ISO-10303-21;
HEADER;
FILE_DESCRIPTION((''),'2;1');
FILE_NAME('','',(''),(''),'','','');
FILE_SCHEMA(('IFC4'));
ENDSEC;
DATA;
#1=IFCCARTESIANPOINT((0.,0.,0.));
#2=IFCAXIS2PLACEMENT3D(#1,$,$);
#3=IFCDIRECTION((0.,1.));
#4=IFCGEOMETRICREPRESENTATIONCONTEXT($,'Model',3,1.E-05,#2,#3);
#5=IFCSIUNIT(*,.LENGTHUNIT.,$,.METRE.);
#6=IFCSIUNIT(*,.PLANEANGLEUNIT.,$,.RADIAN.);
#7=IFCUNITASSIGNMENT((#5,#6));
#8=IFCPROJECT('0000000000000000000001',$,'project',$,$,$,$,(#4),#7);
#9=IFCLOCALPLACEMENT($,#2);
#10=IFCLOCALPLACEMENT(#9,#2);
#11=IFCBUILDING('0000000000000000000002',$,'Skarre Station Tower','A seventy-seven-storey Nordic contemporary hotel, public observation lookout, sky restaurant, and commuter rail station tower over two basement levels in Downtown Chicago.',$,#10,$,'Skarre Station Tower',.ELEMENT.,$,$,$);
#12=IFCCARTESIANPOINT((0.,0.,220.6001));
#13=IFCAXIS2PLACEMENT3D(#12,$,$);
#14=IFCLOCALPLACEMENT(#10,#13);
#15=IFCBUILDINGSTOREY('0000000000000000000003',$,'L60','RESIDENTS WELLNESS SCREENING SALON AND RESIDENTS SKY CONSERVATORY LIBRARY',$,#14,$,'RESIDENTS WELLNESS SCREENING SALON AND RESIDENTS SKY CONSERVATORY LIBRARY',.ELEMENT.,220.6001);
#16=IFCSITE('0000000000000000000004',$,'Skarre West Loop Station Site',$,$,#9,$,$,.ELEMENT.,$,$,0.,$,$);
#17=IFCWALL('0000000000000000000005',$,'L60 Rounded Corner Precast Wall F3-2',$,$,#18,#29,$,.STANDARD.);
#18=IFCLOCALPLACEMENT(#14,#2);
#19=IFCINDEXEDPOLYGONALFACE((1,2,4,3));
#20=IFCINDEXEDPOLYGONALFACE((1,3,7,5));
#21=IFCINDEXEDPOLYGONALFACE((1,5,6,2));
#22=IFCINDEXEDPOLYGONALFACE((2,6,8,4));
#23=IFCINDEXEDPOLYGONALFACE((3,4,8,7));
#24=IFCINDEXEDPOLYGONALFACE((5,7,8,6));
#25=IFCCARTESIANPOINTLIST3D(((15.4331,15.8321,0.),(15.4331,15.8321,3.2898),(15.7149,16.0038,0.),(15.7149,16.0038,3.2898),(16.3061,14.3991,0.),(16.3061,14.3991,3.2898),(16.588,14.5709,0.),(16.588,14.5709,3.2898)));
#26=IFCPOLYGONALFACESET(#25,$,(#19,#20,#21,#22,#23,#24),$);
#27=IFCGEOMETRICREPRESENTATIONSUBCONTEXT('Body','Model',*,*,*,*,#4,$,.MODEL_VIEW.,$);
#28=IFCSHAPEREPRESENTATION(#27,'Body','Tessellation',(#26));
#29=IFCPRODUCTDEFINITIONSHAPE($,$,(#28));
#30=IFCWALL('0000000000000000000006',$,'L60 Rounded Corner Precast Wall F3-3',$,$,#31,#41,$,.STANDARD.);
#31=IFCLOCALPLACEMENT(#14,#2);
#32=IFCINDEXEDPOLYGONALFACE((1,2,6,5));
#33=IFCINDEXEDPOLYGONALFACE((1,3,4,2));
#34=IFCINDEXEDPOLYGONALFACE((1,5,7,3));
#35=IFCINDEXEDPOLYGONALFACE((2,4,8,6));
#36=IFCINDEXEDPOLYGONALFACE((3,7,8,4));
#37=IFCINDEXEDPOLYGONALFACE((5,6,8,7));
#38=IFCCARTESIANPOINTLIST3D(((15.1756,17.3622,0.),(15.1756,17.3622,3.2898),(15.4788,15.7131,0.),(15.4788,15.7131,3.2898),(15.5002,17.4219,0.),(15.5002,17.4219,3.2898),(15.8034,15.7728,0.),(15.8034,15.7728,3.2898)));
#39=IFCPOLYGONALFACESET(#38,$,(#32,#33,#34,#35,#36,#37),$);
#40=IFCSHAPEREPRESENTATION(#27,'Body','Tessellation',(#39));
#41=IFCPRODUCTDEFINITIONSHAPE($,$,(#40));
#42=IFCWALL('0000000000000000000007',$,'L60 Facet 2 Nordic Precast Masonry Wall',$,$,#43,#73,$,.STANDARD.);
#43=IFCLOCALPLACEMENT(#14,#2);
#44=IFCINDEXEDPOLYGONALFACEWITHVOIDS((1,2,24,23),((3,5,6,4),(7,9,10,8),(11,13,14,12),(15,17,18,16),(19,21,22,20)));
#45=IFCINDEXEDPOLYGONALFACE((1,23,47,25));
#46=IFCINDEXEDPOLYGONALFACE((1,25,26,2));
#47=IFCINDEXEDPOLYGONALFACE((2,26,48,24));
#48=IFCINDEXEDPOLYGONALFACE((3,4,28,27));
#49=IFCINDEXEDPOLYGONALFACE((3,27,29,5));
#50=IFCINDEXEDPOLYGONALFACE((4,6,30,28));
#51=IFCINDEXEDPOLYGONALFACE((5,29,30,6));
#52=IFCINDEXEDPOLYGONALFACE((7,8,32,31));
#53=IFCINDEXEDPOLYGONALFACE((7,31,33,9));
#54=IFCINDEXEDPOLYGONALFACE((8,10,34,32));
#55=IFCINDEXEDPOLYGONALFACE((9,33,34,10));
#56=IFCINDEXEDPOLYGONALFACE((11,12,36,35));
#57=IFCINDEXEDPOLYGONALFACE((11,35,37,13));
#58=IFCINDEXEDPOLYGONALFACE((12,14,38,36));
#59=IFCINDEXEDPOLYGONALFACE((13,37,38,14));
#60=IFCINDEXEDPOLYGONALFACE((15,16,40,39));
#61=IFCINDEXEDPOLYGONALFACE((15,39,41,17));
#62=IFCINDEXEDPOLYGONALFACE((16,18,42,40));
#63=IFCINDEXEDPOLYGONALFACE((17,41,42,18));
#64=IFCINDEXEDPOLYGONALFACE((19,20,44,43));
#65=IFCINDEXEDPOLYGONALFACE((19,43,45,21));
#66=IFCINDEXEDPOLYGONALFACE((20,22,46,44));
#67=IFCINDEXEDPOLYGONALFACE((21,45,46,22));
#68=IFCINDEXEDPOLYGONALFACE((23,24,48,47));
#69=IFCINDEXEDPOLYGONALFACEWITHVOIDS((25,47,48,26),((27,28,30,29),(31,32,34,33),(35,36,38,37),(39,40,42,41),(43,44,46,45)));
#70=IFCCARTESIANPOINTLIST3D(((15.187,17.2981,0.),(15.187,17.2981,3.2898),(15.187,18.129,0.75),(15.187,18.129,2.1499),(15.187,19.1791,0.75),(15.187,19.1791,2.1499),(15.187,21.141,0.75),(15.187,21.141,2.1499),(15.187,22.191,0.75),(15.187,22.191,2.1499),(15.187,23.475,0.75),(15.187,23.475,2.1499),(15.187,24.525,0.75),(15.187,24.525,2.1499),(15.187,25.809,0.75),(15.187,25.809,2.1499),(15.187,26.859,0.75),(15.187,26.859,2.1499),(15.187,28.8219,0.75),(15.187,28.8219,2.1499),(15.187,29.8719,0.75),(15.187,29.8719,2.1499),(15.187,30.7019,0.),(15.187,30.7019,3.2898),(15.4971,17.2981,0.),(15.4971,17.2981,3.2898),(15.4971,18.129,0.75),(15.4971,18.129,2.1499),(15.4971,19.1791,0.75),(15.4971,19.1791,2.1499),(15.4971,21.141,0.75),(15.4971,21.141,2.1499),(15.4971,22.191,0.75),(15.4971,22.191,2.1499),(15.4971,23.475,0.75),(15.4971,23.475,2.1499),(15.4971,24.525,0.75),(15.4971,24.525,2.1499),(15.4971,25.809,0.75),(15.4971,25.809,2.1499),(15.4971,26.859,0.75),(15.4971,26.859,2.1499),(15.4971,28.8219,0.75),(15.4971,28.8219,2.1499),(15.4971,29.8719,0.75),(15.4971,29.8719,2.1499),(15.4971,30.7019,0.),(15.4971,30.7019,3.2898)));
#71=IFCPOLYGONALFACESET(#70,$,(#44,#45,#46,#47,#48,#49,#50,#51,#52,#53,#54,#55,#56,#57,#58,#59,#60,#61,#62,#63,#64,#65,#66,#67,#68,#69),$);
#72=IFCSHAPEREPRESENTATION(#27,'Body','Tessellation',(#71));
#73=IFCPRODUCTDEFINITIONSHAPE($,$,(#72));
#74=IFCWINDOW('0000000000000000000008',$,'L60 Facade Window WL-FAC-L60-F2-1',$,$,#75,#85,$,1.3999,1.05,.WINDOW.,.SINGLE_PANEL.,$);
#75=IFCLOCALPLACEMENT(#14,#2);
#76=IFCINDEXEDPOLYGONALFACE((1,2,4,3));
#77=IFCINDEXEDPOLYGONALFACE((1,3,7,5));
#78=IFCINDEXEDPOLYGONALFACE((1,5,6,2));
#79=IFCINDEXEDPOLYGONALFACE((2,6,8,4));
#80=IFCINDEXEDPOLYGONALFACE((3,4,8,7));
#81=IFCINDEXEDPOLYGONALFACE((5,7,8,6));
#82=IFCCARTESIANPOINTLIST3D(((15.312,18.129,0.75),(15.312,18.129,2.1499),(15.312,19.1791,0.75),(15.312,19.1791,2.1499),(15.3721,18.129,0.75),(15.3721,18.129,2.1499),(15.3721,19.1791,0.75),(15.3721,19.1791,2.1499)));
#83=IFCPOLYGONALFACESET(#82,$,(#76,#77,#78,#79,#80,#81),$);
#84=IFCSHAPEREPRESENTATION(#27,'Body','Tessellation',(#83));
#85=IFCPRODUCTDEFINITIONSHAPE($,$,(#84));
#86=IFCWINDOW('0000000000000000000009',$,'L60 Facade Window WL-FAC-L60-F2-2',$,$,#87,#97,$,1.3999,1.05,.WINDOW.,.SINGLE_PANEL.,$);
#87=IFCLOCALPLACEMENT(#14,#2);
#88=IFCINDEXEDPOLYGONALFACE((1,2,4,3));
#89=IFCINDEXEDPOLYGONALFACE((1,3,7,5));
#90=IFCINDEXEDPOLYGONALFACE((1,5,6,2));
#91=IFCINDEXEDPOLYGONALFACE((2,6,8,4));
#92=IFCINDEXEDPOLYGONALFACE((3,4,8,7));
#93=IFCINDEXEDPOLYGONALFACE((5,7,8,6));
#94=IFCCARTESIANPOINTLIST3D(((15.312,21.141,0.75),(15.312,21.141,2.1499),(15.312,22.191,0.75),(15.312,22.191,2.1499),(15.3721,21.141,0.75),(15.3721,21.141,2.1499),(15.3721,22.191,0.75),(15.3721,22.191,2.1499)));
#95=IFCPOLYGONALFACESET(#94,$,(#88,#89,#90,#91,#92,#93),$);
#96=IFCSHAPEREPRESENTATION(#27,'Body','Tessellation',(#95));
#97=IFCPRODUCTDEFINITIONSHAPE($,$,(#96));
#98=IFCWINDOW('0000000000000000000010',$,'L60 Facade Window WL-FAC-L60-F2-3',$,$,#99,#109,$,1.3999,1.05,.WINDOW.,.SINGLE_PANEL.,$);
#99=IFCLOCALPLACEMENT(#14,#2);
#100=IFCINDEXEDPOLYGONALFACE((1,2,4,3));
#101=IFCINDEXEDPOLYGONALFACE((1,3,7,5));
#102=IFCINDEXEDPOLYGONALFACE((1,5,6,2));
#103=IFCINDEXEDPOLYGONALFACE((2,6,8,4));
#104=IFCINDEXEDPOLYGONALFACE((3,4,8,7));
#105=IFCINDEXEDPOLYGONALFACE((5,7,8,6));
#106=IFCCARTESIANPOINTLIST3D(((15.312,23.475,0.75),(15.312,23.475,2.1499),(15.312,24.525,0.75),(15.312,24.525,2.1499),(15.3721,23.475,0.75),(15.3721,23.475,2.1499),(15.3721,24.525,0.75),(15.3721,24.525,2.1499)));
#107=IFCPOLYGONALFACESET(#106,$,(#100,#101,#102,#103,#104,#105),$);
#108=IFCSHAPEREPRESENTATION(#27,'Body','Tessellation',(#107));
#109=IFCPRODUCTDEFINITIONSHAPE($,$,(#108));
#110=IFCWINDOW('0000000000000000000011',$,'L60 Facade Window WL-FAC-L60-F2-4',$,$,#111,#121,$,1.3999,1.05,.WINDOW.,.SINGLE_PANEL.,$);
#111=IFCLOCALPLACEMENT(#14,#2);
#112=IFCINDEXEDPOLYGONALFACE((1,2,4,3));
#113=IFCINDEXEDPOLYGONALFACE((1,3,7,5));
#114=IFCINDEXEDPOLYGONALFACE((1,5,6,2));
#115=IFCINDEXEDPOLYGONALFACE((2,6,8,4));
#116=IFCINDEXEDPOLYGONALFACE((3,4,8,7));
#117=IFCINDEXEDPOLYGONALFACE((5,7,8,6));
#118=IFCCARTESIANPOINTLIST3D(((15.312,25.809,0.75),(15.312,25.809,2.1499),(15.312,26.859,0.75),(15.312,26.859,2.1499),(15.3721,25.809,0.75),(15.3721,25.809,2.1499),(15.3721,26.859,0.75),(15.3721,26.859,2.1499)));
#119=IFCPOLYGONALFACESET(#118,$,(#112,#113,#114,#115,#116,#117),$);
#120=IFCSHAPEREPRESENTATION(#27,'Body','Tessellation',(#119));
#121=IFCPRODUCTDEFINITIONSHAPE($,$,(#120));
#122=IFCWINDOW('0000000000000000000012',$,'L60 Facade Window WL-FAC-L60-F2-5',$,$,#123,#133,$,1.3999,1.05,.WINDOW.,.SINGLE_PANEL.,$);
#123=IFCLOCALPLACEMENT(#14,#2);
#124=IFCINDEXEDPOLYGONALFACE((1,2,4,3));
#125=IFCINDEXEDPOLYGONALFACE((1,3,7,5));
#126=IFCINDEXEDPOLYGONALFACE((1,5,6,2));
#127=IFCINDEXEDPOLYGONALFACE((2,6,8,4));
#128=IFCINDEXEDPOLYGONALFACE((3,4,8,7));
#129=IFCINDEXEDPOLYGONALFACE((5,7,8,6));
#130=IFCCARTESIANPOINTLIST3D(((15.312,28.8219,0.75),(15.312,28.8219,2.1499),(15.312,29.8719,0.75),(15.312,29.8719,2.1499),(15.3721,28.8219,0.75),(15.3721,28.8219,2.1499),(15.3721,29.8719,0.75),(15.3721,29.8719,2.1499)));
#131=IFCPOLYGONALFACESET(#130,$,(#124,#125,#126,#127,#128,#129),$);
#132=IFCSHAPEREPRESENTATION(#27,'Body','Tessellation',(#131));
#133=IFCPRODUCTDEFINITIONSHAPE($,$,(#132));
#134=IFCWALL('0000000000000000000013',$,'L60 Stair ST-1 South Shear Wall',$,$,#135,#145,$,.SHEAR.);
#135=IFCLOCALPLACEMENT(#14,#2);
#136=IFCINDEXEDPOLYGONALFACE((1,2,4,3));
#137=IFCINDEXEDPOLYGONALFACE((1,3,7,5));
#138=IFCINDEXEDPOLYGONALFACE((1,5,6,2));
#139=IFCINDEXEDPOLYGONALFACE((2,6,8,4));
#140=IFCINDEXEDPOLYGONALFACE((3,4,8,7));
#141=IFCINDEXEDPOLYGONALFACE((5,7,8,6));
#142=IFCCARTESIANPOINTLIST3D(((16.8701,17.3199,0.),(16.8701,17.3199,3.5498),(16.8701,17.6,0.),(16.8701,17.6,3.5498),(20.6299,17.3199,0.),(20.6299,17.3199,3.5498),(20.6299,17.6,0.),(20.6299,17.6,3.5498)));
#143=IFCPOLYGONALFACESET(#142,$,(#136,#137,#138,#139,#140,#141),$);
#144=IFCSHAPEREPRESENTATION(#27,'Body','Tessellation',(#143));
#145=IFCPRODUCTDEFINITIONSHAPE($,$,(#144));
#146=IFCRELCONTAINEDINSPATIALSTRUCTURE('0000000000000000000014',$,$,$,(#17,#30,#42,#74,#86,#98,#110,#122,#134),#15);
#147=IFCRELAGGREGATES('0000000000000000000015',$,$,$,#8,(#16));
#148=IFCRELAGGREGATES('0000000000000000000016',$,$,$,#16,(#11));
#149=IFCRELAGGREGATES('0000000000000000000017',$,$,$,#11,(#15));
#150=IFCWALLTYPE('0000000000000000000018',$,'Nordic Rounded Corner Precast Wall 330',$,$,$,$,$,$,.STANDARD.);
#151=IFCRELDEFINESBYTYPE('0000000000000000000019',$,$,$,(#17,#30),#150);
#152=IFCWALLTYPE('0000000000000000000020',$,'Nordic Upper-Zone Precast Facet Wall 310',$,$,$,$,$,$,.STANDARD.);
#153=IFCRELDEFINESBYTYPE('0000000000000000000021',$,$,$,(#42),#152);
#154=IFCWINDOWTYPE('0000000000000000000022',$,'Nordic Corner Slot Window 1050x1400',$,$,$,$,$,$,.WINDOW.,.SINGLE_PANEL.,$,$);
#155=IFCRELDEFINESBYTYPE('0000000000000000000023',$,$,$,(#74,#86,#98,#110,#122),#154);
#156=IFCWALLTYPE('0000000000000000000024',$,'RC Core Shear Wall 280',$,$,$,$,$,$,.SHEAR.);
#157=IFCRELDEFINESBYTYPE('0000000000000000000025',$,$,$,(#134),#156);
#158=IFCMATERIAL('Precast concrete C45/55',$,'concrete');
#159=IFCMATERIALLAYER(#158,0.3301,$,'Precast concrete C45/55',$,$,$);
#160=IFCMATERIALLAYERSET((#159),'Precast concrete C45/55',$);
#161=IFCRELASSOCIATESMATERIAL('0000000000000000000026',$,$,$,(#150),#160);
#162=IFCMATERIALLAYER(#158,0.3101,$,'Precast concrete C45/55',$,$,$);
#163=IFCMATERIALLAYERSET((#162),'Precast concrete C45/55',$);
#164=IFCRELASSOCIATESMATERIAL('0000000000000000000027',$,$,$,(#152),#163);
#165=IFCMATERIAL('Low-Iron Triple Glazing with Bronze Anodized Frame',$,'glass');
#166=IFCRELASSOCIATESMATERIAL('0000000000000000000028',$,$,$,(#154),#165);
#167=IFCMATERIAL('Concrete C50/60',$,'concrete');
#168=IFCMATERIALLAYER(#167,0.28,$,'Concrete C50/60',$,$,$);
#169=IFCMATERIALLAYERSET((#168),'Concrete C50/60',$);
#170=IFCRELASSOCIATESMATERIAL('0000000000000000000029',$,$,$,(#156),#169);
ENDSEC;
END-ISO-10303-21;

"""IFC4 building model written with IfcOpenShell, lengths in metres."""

from ifc_helpers import new_model, si_unit, direction, frame, frame_2d, origin, place, context, subcontext, project, spatial, rectangle, extrude, material, layer, layer_set, type_object, element, fill, save


model = new_model("IFC4")

# Units and contexts
model_context = context("Model", 3, precision=1e-05, world=origin(), true_north=direction((0.0, 1.0)))
body_context = subcontext(model_context, "Body", "Model", "MODEL_VIEW")
ifc_project = project(units=[si_unit("LENGTHUNIT", "METRE"), si_unit("PLANEANGLEUNIT", "RADIAN")], contexts=[model_context])

# Site, building, storey
site_placement = place(None, origin())
site = spatial("IfcSite", under=ifc_project, at=site_placement, Name="Skarre West Loop Station Site", CompositionType="ELEMENT", RefElevation=0.0)
building_placement = place(site_placement, origin())
building = spatial("IfcBuilding", under=site, at=building_placement, Name="Skarre Station Tower", Description="A seventy-seven-storey Nordic contemporary hotel, public observation lookout, sky restaurant, and commuter rail station tower over two basement levels in Downtown Chicago.", LongName="Skarre Station Tower", CompositionType="ELEMENT")
storey_placement = place(building_placement, frame((0.0, 0.0, 220.6001)))
storey = spatial("IfcBuildingStorey", under=building, at=storey_placement, Name="L60", Description="RESIDENTS WELLNESS SCREENING SALON AND RESIDENTS SKY CONSERVATORY LIBRARY", LongName="RESIDENTS WELLNESS SCREENING SALON AND RESIDENTS SKY CONSERVATORY LIBRARY", CompositionType="ELEMENT", Elevation=220.6001)

# Shared definitions
ifc_material_1 = material(Name="Concrete C50/60", Category="concrete")

# Walls
ifc_material_2 = material(Name="Precast concrete C45/55", Category="concrete")
ifc_layer_1 = layer(ifc_material_2, 0.3301, Name="Precast concrete C45/55")
ifc_layer_set_1 = layer_set([ifc_layer_1], Name="Precast concrete C45/55")
wall_type_1 = type_object("IfcWallType", Name="Nordic Rounded Corner Precast Wall 330", PredefinedType="STANDARD", material=ifc_layer_set_1)
wall_1_placement = place(storey_placement, frame((16.447, 14.4851, 0.0), z_axis=(0.0, 0.0, 1.0), x_axis=(-0.520325, 0.853968, 0.0)))
element("IfcWall", 1, at=wall_1_placement, inside=storey, type_object=wall_type_1, Name="L60 Rounded Corner Precast Wall F3-2", PredefinedType="STANDARD", context=body_context, shape_type="SweptSolid", body=[
    extrude(rectangle(XDim=1.678, YDim=0.3301, at=frame_2d((0.8389, 0.0))), origin(), (0.0, 0.0, 1.0), 3.2898),
])
wall_2_placement = place(storey_placement, frame((15.6411, 15.7429, 0.0), z_axis=(0.0, 0.0, 1.0), x_axis=(-0.180833, 0.983514, 0.0)))
element("IfcWall", 2, at=wall_2_placement, inside=storey, type_object=wall_type_1, Name="L60 Rounded Corner Precast Wall F3-3", PredefinedType="STANDARD", context=body_context, shape_type="SweptSolid", body=[
    extrude(rectangle(XDim=1.6768, YDim=0.3301, at=frame_2d((0.8384, 0.0))), origin(), (0.0, 0.0, 1.0), 3.2898),
])

# Wall, openings, windows
ifc_layer_2 = layer(ifc_material_2, 0.3101, Name="Precast concrete C45/55")
ifc_layer_set_2 = layer_set([ifc_layer_2], Name="Precast concrete C45/55")
wall_type_2 = type_object("IfcWallType", Name="Nordic Upper-Zone Precast Facet Wall 310", PredefinedType="STANDARD", material=ifc_layer_set_2)
wall_3_placement = place(storey_placement, frame((15.342, 17.2981, 0.0), z_axis=(0.0, 0.0, 1.0), x_axis=(0.0, 1.0, 0.0)))
wall_3 = element("IfcWall", 3, at=wall_3_placement, inside=storey, type_object=wall_type_2, Name="L60 Facet 2 Nordic Precast Masonry Wall", PredefinedType="STANDARD", context=body_context, shape_type="SweptSolid", body=[
    extrude(rectangle(XDim=13.4038, YDim=0.3101, at=frame_2d((6.7019, 0.0))), origin(), (0.0, 0.0, 1.0), 3.2898),
])
opening_1_placement = place(wall_3_placement, frame((0.8311, 0.0, 0.75)))
opening_1 = element("IfcOpeningElement", 4, at=opening_1_placement, cuts=wall_3, PredefinedType="OPENING", context=body_context, shape_type="SweptSolid", body=[
    extrude(rectangle(XDim=1.05, YDim=1.3999, at=frame_2d((0.5249, 0.7))), frame((0.0, 0.165, 0.0), z_axis=(0.0, -1.0, 0.0), x_axis=(1.0, 0.0, 0.0)), (0.0, 0.0, 1.0), 0.3301),
])
opening_2_placement = place(wall_3_placement, frame((3.843, 0.0, 0.75)))
opening_2 = element("IfcOpeningElement", 5, at=opening_2_placement, cuts=wall_3, PredefinedType="OPENING", context=body_context, shape_type="SweptSolid", body=[
    extrude(rectangle(XDim=1.05, YDim=1.3999, at=frame_2d((0.5249, 0.7))), frame((0.0, 0.165, 0.0), z_axis=(0.0, -1.0, 0.0), x_axis=(1.0, 0.0, 0.0)), (0.0, 0.0, 1.0), 0.3301),
])
opening_3_placement = place(wall_3_placement, frame((6.177, 0.0, 0.75)))
opening_3 = element("IfcOpeningElement", 6, at=opening_3_placement, cuts=wall_3, PredefinedType="OPENING", context=body_context, shape_type="SweptSolid", body=[
    extrude(rectangle(XDim=1.05, YDim=1.3999, at=frame_2d((0.5249, 0.7))), frame((0.0, 0.165, 0.0), z_axis=(0.0, -1.0, 0.0), x_axis=(1.0, 0.0, 0.0)), (0.0, 0.0, 1.0), 0.3301),
])
opening_4_placement = place(wall_3_placement, frame((8.511, 0.0, 0.75)))
opening_4 = element("IfcOpeningElement", 7, at=opening_4_placement, cuts=wall_3, PredefinedType="OPENING", context=body_context, shape_type="SweptSolid", body=[
    extrude(rectangle(XDim=1.05, YDim=1.3999, at=frame_2d((0.5249, 0.7))), frame((0.0, 0.165, 0.0), z_axis=(0.0, -1.0, 0.0), x_axis=(1.0, 0.0, 0.0)), (0.0, 0.0, 1.0), 0.3301),
])
opening_5_placement = place(wall_3_placement, frame((11.5239, 0.0, 0.75)))
opening_5 = element("IfcOpeningElement", 8, at=opening_5_placement, cuts=wall_3, PredefinedType="OPENING", context=body_context, shape_type="SweptSolid", body=[
    extrude(rectangle(XDim=1.05, YDim=1.3999, at=frame_2d((0.5249, 0.7))), frame((0.0, 0.165, 0.0), z_axis=(0.0, -1.0, 0.0), x_axis=(1.0, 0.0, 0.0)), (0.0, 0.0, 1.0), 0.3301),
])
ifc_material_3 = material(Name="Low-Iron Triple Glazing with Bronze Anodized Frame", Category="glass")
window_type = type_object("IfcWindowType", Name="Nordic Corner Slot Window 1050x1400", PartitioningType="SINGLE_PANEL", PredefinedType="WINDOW", material=ifc_material_3)
window_1_placement = place(opening_1_placement, origin())
window_1 = element("IfcWindow", 9, at=window_1_placement, inside=storey, type_object=window_type, Name="L60 Facade Window WL-FAC-L60-F2-1", OverallHeight=1.3999, OverallWidth=1.05, PartitioningType="SINGLE_PANEL", PredefinedType="WINDOW", context=body_context, shape_type="SweptSolid", body=[
    extrude(rectangle(XDim=1.05, YDim=1.3999, at=frame_2d((0.5249, 0.7))), frame((0.0, 0.03, 0.0), z_axis=(0.0, -1.0, 0.0), x_axis=(1.0, 0.0, 0.0)), (0.0, 0.0, 1.0), 0.0601),
])
fill(opening_1, window_1)
window_2_placement = place(opening_2_placement, origin())
window_2 = element("IfcWindow", 10, at=window_2_placement, inside=storey, type_object=window_type, Name="L60 Facade Window WL-FAC-L60-F2-2", OverallHeight=1.3999, OverallWidth=1.05, PartitioningType="SINGLE_PANEL", PredefinedType="WINDOW", context=body_context, shape_type="SweptSolid", body=[
    extrude(rectangle(XDim=1.05, YDim=1.3999, at=frame_2d((0.5249, 0.7))), frame((0.0, 0.03, 0.0), z_axis=(0.0, -1.0, 0.0), x_axis=(1.0, 0.0, 0.0)), (0.0, 0.0, 1.0), 0.0601),
])
fill(opening_2, window_2)
window_3_placement = place(opening_3_placement, origin())
window_3 = element("IfcWindow", 11, at=window_3_placement, inside=storey, type_object=window_type, Name="L60 Facade Window WL-FAC-L60-F2-3", OverallHeight=1.3999, OverallWidth=1.05, PartitioningType="SINGLE_PANEL", PredefinedType="WINDOW", context=body_context, shape_type="SweptSolid", body=[
    extrude(rectangle(XDim=1.05, YDim=1.3999, at=frame_2d((0.5249, 0.7))), frame((0.0, 0.03, 0.0), z_axis=(0.0, -1.0, 0.0), x_axis=(1.0, 0.0, 0.0)), (0.0, 0.0, 1.0), 0.0601),
])
fill(opening_3, window_3)
window_4_placement = place(opening_4_placement, origin())
window_4 = element("IfcWindow", 12, at=window_4_placement, inside=storey, type_object=window_type, Name="L60 Facade Window WL-FAC-L60-F2-4", OverallHeight=1.3999, OverallWidth=1.05, PartitioningType="SINGLE_PANEL", PredefinedType="WINDOW", context=body_context, shape_type="SweptSolid", body=[
    extrude(rectangle(XDim=1.05, YDim=1.3999, at=frame_2d((0.5249, 0.7))), frame((0.0, 0.03, 0.0), z_axis=(0.0, -1.0, 0.0), x_axis=(1.0, 0.0, 0.0)), (0.0, 0.0, 1.0), 0.0601),
])
fill(opening_4, window_4)
window_5_placement = place(opening_5_placement, origin())
window_5 = element("IfcWindow", 13, at=window_5_placement, inside=storey, type_object=window_type, Name="L60 Facade Window WL-FAC-L60-F2-5", OverallHeight=1.3999, OverallWidth=1.05, PartitioningType="SINGLE_PANEL", PredefinedType="WINDOW", context=body_context, shape_type="SweptSolid", body=[
    extrude(rectangle(XDim=1.05, YDim=1.3999, at=frame_2d((0.5249, 0.7))), frame((0.0, 0.03, 0.0), z_axis=(0.0, -1.0, 0.0), x_axis=(1.0, 0.0, 0.0)), (0.0, 0.0, 1.0), 0.0601),
])
fill(opening_5, window_5)

# Wall
ifc_layer_3 = layer(ifc_material_1, 0.28, Name="Concrete C50/60")
ifc_layer_set_3 = layer_set([ifc_layer_3], Name="Concrete C50/60")
wall_type_3 = type_object("IfcWallType", Name="RC Core Shear Wall 280", PredefinedType="SHEAR", material=ifc_layer_set_3)
wall_4_placement = place(storey_placement, frame((16.8701, 17.46, 0.0), z_axis=(0.0, 0.0, 1.0), x_axis=(1.0, 0.0, 0.0)))
element("IfcWall", 14, at=wall_4_placement, inside=storey, type_object=wall_type_3, Name="L60 Stair ST-1 South Shear Wall", PredefinedType="SHEAR", context=body_context, shape_type="SweptSolid", body=[
    extrude(rectangle(XDim=3.7598, YDim=0.28, at=frame_2d((1.8799, 0.0))), origin(), (0.0, 0.0, 1.0), 3.5498),
])

save(model, "model.ifc")
